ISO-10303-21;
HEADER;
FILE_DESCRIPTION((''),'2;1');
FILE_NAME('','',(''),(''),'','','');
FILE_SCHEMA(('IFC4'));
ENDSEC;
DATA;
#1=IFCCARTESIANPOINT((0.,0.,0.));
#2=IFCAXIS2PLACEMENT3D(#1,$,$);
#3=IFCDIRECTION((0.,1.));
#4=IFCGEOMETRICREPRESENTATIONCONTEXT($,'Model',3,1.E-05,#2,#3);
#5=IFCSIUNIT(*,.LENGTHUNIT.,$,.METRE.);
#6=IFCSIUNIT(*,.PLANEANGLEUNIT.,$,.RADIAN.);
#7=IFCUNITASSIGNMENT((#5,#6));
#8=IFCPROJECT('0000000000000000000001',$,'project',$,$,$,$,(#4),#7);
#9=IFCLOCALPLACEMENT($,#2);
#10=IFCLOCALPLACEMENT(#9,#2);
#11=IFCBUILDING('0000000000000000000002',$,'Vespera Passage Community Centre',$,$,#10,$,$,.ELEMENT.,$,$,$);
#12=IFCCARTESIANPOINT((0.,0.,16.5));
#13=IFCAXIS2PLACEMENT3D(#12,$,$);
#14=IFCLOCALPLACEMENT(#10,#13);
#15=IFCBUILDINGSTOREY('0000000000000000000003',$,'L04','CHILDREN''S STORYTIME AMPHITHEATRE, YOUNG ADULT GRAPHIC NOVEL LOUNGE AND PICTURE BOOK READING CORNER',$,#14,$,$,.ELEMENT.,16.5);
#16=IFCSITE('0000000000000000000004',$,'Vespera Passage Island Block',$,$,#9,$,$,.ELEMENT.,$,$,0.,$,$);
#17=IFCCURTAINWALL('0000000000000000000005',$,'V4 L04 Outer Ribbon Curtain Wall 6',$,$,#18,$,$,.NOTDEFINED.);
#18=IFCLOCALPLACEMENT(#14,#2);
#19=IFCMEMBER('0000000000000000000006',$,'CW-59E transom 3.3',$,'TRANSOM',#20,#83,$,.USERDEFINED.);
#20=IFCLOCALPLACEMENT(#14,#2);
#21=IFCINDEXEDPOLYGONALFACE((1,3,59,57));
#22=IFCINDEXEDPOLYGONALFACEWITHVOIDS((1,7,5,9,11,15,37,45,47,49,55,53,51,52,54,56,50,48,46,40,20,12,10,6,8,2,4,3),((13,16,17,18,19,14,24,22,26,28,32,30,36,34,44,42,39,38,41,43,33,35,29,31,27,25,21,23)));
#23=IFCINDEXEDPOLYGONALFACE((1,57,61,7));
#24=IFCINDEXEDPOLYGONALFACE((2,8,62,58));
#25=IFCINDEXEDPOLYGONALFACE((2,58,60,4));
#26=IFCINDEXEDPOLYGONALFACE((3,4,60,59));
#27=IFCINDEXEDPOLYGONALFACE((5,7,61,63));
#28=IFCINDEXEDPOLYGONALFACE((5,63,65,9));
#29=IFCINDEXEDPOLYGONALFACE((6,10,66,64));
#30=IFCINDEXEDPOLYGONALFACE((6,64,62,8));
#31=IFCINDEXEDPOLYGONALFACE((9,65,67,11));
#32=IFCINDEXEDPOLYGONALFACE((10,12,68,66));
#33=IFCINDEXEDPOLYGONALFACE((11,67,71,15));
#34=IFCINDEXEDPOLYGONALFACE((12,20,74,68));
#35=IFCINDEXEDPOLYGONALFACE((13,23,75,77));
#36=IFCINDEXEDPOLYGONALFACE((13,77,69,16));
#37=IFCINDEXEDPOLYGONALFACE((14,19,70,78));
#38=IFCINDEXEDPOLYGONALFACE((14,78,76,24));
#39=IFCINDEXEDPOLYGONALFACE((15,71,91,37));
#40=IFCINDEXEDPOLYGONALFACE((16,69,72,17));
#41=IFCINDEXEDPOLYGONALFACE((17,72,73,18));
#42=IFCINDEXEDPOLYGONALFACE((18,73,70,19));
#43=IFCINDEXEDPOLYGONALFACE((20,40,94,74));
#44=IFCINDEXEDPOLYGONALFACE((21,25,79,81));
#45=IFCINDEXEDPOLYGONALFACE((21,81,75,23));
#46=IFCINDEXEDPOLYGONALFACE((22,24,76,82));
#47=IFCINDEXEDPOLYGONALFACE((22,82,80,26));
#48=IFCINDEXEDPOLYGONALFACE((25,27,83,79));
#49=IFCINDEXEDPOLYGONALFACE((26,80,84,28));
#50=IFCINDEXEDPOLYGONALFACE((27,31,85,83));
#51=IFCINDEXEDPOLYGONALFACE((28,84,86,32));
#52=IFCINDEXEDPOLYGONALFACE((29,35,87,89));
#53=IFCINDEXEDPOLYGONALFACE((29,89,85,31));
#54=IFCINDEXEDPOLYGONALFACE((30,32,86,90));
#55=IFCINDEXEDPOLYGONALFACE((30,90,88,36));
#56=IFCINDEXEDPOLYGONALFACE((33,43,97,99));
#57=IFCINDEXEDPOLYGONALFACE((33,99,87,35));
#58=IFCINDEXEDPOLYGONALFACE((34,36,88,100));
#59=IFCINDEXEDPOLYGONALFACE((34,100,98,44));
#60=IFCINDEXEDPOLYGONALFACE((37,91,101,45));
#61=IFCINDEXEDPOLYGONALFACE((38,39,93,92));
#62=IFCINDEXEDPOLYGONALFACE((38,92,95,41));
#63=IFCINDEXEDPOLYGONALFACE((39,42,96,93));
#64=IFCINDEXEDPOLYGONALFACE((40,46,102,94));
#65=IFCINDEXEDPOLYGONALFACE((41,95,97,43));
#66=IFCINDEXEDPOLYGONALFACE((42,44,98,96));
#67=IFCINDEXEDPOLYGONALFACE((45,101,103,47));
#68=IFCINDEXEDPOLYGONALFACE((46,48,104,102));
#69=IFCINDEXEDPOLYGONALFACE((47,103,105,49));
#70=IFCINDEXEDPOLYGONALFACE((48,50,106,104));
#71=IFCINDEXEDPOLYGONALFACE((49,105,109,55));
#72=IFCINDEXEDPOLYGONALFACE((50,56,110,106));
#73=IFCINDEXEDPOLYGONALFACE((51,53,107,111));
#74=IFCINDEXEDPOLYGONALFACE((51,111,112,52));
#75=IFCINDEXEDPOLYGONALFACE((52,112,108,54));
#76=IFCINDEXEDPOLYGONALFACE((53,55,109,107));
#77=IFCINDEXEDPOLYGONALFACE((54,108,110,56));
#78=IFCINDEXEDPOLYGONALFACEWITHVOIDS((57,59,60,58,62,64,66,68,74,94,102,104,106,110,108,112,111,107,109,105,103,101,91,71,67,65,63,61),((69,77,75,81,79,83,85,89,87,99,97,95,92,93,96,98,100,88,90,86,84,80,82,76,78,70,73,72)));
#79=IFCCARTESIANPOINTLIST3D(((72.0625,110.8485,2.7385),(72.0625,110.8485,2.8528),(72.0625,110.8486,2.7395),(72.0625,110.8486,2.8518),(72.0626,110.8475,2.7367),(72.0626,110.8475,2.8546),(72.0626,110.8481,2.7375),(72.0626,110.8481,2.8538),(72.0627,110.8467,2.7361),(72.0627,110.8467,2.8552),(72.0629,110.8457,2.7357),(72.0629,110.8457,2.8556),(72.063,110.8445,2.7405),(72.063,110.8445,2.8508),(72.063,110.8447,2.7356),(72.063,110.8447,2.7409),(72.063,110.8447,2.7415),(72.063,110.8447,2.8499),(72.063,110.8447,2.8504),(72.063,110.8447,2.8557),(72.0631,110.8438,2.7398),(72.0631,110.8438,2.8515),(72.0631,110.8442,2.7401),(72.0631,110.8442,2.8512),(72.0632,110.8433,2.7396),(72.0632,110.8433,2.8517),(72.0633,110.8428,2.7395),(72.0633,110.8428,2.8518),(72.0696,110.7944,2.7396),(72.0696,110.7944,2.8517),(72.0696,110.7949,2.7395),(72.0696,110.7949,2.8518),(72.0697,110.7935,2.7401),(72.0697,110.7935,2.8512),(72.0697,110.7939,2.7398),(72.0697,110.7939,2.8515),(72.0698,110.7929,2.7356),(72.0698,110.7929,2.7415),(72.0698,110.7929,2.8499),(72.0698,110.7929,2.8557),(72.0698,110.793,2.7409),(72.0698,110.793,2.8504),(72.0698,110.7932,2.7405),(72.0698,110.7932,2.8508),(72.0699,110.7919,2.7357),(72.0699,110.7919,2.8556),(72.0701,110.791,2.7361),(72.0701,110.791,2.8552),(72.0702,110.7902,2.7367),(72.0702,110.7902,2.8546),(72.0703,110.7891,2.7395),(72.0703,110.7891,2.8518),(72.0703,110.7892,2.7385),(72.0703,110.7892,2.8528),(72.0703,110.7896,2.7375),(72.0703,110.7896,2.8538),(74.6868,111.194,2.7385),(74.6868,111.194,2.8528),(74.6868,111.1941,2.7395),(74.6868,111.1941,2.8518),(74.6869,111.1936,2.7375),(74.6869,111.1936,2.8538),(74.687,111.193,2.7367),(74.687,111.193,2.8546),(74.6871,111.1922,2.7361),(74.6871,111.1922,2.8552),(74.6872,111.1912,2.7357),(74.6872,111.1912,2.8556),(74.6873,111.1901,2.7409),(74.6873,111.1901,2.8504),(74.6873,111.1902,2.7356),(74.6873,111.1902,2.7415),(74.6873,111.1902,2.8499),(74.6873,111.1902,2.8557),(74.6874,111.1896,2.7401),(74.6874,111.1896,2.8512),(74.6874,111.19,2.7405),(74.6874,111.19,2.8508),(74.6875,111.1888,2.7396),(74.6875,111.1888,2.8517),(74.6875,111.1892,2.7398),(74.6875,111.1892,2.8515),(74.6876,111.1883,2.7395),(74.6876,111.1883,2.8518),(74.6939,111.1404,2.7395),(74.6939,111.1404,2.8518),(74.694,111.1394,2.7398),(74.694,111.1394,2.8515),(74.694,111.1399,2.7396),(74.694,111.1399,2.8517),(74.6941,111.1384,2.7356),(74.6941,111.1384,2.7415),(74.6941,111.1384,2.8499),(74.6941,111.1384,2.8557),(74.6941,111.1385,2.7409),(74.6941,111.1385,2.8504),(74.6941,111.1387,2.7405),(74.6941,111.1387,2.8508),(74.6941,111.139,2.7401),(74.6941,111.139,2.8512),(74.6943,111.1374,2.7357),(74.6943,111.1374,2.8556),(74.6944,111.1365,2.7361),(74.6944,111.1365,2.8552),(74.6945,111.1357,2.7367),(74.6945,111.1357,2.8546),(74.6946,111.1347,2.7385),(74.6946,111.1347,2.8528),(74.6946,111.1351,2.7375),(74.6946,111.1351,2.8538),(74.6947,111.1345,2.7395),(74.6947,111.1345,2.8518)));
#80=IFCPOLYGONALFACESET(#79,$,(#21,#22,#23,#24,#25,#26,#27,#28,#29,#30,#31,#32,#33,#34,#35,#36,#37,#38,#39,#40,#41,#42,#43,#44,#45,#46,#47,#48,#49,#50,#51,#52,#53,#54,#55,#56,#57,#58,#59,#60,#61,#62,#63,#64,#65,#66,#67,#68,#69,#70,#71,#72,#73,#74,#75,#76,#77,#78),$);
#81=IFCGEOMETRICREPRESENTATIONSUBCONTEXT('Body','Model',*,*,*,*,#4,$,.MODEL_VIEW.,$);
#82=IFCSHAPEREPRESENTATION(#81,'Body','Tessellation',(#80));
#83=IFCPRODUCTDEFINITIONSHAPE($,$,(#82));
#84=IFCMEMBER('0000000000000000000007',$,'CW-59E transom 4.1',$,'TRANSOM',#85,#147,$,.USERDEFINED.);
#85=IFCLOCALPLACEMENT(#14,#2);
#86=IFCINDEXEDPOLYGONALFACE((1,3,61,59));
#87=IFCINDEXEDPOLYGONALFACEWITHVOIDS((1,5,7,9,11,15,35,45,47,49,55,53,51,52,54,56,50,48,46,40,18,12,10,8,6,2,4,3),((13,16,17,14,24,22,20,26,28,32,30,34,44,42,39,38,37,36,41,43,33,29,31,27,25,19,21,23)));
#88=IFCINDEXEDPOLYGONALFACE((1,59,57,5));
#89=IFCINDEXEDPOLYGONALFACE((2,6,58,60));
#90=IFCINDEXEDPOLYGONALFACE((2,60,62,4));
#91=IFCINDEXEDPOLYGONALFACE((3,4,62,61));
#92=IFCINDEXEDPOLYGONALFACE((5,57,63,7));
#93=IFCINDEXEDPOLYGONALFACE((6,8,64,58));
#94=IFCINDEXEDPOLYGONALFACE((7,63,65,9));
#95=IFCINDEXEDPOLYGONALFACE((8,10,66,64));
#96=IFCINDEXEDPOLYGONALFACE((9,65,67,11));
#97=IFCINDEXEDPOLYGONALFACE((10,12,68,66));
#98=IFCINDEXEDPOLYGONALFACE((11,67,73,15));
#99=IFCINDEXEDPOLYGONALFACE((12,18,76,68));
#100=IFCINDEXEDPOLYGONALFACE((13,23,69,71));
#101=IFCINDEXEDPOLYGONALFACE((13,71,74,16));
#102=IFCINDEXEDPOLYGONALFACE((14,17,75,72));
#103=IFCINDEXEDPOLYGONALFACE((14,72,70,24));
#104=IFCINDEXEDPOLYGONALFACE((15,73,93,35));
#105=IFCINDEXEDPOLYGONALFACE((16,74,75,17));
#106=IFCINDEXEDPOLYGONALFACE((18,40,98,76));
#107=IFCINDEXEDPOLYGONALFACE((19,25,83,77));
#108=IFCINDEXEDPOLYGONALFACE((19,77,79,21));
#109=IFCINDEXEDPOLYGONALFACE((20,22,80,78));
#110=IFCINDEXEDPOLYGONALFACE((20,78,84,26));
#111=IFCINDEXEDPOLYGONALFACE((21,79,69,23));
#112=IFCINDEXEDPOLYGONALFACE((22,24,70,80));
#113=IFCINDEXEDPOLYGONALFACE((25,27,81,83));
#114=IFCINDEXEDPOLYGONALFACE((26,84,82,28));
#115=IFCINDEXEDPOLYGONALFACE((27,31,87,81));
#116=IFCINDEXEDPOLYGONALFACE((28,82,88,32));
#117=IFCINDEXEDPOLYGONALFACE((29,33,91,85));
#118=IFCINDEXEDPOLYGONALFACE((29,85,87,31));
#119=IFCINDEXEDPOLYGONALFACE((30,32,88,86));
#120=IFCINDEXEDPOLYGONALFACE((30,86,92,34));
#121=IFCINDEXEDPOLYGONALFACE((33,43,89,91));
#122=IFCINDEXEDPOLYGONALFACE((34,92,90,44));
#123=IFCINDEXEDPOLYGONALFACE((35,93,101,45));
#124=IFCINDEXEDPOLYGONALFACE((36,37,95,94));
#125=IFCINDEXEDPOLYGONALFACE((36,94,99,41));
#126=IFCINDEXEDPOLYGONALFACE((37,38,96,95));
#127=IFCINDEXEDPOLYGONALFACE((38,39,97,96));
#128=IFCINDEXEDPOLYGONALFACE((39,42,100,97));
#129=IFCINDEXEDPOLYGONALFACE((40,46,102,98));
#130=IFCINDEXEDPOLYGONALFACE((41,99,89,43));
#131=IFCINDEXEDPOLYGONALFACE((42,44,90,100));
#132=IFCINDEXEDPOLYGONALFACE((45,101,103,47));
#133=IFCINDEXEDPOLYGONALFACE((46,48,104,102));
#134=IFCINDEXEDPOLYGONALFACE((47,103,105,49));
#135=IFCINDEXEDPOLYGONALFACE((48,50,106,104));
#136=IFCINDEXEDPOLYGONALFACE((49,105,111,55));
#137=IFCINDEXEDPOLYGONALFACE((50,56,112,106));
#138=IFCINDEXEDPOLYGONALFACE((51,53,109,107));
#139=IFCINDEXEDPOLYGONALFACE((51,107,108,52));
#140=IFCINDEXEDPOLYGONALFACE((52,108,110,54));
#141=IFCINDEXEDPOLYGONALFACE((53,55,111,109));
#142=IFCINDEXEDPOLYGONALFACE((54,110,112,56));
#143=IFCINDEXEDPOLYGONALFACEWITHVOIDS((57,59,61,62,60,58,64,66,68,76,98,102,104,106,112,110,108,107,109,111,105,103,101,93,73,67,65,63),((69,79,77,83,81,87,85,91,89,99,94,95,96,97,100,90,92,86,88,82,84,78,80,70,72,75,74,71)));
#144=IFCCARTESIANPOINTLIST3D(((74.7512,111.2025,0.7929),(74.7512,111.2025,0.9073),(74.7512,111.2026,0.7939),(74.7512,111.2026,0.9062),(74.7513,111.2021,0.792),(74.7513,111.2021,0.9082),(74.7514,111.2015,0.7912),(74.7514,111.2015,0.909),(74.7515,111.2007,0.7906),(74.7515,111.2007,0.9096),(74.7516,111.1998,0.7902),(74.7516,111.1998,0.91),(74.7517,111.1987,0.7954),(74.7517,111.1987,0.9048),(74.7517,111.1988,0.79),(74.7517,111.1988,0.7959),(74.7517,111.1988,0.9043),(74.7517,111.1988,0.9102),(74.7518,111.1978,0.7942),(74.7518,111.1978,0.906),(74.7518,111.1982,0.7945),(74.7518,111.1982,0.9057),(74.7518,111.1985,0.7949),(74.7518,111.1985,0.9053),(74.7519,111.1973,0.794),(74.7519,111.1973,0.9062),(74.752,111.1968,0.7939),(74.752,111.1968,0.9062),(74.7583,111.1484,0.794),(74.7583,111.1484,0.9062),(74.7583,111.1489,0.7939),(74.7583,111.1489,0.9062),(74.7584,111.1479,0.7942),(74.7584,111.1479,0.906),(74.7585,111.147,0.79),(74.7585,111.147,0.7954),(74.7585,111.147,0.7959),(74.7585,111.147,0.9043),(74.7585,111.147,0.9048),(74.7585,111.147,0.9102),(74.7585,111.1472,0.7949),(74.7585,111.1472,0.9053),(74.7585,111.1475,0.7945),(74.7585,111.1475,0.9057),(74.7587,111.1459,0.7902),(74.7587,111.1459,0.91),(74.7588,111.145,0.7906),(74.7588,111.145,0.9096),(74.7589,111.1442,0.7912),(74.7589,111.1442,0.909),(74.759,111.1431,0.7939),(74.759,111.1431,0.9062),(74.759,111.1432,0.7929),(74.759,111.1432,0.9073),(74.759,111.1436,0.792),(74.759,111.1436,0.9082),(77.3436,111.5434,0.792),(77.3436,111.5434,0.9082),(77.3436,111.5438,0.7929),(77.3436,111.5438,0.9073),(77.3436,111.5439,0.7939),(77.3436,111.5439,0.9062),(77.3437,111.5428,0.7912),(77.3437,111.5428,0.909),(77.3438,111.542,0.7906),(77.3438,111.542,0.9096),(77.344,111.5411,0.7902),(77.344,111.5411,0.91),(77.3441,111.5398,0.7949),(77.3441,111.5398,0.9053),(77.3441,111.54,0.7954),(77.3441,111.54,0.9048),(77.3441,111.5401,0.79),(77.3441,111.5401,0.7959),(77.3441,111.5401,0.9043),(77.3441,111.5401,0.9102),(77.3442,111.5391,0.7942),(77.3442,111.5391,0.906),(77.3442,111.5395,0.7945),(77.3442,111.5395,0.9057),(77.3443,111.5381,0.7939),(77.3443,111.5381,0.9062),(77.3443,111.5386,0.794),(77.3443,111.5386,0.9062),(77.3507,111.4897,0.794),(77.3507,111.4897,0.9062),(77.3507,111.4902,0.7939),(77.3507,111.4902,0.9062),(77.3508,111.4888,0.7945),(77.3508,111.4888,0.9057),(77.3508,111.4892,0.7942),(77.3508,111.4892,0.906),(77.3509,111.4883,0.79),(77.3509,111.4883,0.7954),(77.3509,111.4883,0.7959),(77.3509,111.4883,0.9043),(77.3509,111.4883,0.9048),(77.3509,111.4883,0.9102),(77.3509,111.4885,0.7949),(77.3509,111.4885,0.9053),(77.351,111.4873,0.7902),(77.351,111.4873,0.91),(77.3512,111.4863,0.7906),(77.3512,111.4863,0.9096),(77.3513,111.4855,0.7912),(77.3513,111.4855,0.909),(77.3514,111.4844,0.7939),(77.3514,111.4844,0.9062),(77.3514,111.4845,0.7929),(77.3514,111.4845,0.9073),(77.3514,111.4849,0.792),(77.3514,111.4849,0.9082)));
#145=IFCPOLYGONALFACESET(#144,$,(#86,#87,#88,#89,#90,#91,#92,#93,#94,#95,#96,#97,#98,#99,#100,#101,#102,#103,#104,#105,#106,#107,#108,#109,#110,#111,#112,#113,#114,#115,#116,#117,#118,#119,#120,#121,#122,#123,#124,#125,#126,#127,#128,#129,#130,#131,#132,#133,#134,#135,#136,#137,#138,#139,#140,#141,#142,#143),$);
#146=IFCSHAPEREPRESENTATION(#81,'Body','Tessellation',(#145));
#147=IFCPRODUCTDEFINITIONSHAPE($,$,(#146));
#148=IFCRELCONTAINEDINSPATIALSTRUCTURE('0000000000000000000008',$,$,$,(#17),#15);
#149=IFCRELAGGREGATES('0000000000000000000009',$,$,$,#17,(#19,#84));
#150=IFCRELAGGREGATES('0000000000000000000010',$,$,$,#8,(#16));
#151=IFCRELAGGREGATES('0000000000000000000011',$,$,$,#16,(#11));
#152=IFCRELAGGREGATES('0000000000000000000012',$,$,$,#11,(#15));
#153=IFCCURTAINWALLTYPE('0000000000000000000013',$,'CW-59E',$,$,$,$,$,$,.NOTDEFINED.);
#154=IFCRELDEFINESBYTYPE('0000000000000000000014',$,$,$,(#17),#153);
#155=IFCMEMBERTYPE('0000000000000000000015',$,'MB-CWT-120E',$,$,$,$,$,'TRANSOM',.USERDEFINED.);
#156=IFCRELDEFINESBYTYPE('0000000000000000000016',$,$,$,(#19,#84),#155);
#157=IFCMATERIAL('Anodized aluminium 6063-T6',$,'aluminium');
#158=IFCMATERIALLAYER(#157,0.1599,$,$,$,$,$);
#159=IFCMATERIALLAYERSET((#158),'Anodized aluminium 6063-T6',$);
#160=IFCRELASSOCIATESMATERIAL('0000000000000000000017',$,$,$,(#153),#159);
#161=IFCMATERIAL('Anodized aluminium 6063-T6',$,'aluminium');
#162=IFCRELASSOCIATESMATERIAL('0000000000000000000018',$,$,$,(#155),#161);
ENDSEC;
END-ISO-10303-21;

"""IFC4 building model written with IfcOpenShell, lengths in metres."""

from ifc_helpers import new_model, si_unit, direction, frame, origin, origin_2d, place, context, subcontext, project, spatial, hollow_rectangle, extrude, material, layer, layer_set, material_profile, profile_set, type_object, element, aggregate, save


model = new_model("IFC4")

# Units and contexts
model_context = context("Model", 3, precision=1e-05, world=origin(), true_north=direction((0.0, 1.0)))
body_context = subcontext(model_context, "Body", "Model", "MODEL_VIEW")
ifc_project = project(units=[si_unit("LENGTHUNIT", "METRE"), si_unit("PLANEANGLEUNIT", "RADIAN")], contexts=[model_context])

# Site, building, storey
site_placement = place(None, origin())
site = spatial("IfcSite", under=ifc_project, at=site_placement, Name="Vespera Passage Island Block", CompositionType="ELEMENT", RefElevation=0.0)
building_placement = place(site_placement, origin())
building = spatial("IfcBuilding", under=site, at=building_placement, Name="Vespera Passage Community Centre", CompositionType="ELEMENT")
storey_placement = place(building_placement, frame((0.0, 0.0, 16.5)))
storey = spatial("IfcBuildingStorey", under=building, at=storey_placement, Name="L04", Description="CHILDREN'S STORYTIME AMPHITHEATRE, YOUNG ADULT GRAPHIC NOVEL LOUNGE AND PICTURE BOOK READING CORNER", CompositionType="ELEMENT", Elevation=16.5)

# Curtain wall, members
ifc_material_1 = material(Name="Anodized aluminium 6063-T6", Category="aluminium")
ifc_layer_1 = layer(ifc_material_1, 0.1599)
ifc_layer_set_1 = layer_set([ifc_layer_1], Name="Anodized aluminium 6063-T6")
curtain_wall_type = type_object("IfcCurtainWallType", Name="CW-59E", PredefinedType="NOTDEFINED", material=ifc_layer_set_1)
curtain_wall_placement = place(storey_placement, origin())
curtain_wall = element("IfcCurtainWall", 1, at=curtain_wall_placement, inside=storey, type_object=curtain_wall_type, Name="V4 L04 Outer Ribbon Curtain Wall 6", PredefinedType="NOTDEFINED")
ifc_material_2 = material(Name="Anodized aluminium 6063-T6", Category="aluminium")
ifc_material_profile_1 = material_profile(ifc_material_2, hollow_rectangle(XDim=0.0601, YDim=0.1201, WallThickness=0.0039, InnerFilletRadius=0.002, OuterFilletRadius=0.0039, at=origin_2d()), Name="ALU120X60X4")
ifc_profile_set_1 = profile_set([ifc_material_profile_1], Name="Anodized aluminium 6063-T6")
member_type_1 = type_object("IfcMemberType", Name="MB-CWT-120E", ElementType="TRANSOM", PredefinedType="USERDEFINED", material=ifc_profile_set_1)
member_1_placement = place(storey_placement, frame((72.0664, 110.8188, 2.7957), z_axis=(0.991446, 0.130514, 0.0), x_axis=(-0.130514, 0.991446, 0.0)))
member_1 = element("IfcMember", 2, at=member_1_placement, type_object=member_type_1, Name="CW-59E transom 3.3", ObjectType="TRANSOM", PredefinedType="USERDEFINED", context=body_context, shape_type="SweptSolid", body=[
    extrude(hollow_rectangle(XDim=0.0601, YDim=0.1201, WallThickness=0.0039, InnerFilletRadius=0.002, OuterFilletRadius=0.0039, at=origin_2d()), origin(), (0.0, 0.0, 1.0), 2.647),
])
member_2_placement = place(storey_placement, frame((74.7551, 111.1729, 0.8501), z_axis=(0.991443, 0.130537, 0.0), x_axis=(-0.130537, 0.991443, 0.0)))
member_2 = element("IfcMember", 3, at=member_2_placement, type_object=member_type_1, Name="CW-59E transom 4.1", ObjectType="TRANSOM", PredefinedType="USERDEFINED", context=body_context, shape_type="SweptSolid", body=[
    extrude(hollow_rectangle(XDim=0.0601, YDim=0.1201, WallThickness=0.0039, InnerFilletRadius=0.002, OuterFilletRadius=0.0039, at=origin_2d()), origin(), (0.0, 0.0, 1.0), 2.6147),
])
aggregate(curtain_wall, [member_1, member_2])

save(model, "model.ifc")
